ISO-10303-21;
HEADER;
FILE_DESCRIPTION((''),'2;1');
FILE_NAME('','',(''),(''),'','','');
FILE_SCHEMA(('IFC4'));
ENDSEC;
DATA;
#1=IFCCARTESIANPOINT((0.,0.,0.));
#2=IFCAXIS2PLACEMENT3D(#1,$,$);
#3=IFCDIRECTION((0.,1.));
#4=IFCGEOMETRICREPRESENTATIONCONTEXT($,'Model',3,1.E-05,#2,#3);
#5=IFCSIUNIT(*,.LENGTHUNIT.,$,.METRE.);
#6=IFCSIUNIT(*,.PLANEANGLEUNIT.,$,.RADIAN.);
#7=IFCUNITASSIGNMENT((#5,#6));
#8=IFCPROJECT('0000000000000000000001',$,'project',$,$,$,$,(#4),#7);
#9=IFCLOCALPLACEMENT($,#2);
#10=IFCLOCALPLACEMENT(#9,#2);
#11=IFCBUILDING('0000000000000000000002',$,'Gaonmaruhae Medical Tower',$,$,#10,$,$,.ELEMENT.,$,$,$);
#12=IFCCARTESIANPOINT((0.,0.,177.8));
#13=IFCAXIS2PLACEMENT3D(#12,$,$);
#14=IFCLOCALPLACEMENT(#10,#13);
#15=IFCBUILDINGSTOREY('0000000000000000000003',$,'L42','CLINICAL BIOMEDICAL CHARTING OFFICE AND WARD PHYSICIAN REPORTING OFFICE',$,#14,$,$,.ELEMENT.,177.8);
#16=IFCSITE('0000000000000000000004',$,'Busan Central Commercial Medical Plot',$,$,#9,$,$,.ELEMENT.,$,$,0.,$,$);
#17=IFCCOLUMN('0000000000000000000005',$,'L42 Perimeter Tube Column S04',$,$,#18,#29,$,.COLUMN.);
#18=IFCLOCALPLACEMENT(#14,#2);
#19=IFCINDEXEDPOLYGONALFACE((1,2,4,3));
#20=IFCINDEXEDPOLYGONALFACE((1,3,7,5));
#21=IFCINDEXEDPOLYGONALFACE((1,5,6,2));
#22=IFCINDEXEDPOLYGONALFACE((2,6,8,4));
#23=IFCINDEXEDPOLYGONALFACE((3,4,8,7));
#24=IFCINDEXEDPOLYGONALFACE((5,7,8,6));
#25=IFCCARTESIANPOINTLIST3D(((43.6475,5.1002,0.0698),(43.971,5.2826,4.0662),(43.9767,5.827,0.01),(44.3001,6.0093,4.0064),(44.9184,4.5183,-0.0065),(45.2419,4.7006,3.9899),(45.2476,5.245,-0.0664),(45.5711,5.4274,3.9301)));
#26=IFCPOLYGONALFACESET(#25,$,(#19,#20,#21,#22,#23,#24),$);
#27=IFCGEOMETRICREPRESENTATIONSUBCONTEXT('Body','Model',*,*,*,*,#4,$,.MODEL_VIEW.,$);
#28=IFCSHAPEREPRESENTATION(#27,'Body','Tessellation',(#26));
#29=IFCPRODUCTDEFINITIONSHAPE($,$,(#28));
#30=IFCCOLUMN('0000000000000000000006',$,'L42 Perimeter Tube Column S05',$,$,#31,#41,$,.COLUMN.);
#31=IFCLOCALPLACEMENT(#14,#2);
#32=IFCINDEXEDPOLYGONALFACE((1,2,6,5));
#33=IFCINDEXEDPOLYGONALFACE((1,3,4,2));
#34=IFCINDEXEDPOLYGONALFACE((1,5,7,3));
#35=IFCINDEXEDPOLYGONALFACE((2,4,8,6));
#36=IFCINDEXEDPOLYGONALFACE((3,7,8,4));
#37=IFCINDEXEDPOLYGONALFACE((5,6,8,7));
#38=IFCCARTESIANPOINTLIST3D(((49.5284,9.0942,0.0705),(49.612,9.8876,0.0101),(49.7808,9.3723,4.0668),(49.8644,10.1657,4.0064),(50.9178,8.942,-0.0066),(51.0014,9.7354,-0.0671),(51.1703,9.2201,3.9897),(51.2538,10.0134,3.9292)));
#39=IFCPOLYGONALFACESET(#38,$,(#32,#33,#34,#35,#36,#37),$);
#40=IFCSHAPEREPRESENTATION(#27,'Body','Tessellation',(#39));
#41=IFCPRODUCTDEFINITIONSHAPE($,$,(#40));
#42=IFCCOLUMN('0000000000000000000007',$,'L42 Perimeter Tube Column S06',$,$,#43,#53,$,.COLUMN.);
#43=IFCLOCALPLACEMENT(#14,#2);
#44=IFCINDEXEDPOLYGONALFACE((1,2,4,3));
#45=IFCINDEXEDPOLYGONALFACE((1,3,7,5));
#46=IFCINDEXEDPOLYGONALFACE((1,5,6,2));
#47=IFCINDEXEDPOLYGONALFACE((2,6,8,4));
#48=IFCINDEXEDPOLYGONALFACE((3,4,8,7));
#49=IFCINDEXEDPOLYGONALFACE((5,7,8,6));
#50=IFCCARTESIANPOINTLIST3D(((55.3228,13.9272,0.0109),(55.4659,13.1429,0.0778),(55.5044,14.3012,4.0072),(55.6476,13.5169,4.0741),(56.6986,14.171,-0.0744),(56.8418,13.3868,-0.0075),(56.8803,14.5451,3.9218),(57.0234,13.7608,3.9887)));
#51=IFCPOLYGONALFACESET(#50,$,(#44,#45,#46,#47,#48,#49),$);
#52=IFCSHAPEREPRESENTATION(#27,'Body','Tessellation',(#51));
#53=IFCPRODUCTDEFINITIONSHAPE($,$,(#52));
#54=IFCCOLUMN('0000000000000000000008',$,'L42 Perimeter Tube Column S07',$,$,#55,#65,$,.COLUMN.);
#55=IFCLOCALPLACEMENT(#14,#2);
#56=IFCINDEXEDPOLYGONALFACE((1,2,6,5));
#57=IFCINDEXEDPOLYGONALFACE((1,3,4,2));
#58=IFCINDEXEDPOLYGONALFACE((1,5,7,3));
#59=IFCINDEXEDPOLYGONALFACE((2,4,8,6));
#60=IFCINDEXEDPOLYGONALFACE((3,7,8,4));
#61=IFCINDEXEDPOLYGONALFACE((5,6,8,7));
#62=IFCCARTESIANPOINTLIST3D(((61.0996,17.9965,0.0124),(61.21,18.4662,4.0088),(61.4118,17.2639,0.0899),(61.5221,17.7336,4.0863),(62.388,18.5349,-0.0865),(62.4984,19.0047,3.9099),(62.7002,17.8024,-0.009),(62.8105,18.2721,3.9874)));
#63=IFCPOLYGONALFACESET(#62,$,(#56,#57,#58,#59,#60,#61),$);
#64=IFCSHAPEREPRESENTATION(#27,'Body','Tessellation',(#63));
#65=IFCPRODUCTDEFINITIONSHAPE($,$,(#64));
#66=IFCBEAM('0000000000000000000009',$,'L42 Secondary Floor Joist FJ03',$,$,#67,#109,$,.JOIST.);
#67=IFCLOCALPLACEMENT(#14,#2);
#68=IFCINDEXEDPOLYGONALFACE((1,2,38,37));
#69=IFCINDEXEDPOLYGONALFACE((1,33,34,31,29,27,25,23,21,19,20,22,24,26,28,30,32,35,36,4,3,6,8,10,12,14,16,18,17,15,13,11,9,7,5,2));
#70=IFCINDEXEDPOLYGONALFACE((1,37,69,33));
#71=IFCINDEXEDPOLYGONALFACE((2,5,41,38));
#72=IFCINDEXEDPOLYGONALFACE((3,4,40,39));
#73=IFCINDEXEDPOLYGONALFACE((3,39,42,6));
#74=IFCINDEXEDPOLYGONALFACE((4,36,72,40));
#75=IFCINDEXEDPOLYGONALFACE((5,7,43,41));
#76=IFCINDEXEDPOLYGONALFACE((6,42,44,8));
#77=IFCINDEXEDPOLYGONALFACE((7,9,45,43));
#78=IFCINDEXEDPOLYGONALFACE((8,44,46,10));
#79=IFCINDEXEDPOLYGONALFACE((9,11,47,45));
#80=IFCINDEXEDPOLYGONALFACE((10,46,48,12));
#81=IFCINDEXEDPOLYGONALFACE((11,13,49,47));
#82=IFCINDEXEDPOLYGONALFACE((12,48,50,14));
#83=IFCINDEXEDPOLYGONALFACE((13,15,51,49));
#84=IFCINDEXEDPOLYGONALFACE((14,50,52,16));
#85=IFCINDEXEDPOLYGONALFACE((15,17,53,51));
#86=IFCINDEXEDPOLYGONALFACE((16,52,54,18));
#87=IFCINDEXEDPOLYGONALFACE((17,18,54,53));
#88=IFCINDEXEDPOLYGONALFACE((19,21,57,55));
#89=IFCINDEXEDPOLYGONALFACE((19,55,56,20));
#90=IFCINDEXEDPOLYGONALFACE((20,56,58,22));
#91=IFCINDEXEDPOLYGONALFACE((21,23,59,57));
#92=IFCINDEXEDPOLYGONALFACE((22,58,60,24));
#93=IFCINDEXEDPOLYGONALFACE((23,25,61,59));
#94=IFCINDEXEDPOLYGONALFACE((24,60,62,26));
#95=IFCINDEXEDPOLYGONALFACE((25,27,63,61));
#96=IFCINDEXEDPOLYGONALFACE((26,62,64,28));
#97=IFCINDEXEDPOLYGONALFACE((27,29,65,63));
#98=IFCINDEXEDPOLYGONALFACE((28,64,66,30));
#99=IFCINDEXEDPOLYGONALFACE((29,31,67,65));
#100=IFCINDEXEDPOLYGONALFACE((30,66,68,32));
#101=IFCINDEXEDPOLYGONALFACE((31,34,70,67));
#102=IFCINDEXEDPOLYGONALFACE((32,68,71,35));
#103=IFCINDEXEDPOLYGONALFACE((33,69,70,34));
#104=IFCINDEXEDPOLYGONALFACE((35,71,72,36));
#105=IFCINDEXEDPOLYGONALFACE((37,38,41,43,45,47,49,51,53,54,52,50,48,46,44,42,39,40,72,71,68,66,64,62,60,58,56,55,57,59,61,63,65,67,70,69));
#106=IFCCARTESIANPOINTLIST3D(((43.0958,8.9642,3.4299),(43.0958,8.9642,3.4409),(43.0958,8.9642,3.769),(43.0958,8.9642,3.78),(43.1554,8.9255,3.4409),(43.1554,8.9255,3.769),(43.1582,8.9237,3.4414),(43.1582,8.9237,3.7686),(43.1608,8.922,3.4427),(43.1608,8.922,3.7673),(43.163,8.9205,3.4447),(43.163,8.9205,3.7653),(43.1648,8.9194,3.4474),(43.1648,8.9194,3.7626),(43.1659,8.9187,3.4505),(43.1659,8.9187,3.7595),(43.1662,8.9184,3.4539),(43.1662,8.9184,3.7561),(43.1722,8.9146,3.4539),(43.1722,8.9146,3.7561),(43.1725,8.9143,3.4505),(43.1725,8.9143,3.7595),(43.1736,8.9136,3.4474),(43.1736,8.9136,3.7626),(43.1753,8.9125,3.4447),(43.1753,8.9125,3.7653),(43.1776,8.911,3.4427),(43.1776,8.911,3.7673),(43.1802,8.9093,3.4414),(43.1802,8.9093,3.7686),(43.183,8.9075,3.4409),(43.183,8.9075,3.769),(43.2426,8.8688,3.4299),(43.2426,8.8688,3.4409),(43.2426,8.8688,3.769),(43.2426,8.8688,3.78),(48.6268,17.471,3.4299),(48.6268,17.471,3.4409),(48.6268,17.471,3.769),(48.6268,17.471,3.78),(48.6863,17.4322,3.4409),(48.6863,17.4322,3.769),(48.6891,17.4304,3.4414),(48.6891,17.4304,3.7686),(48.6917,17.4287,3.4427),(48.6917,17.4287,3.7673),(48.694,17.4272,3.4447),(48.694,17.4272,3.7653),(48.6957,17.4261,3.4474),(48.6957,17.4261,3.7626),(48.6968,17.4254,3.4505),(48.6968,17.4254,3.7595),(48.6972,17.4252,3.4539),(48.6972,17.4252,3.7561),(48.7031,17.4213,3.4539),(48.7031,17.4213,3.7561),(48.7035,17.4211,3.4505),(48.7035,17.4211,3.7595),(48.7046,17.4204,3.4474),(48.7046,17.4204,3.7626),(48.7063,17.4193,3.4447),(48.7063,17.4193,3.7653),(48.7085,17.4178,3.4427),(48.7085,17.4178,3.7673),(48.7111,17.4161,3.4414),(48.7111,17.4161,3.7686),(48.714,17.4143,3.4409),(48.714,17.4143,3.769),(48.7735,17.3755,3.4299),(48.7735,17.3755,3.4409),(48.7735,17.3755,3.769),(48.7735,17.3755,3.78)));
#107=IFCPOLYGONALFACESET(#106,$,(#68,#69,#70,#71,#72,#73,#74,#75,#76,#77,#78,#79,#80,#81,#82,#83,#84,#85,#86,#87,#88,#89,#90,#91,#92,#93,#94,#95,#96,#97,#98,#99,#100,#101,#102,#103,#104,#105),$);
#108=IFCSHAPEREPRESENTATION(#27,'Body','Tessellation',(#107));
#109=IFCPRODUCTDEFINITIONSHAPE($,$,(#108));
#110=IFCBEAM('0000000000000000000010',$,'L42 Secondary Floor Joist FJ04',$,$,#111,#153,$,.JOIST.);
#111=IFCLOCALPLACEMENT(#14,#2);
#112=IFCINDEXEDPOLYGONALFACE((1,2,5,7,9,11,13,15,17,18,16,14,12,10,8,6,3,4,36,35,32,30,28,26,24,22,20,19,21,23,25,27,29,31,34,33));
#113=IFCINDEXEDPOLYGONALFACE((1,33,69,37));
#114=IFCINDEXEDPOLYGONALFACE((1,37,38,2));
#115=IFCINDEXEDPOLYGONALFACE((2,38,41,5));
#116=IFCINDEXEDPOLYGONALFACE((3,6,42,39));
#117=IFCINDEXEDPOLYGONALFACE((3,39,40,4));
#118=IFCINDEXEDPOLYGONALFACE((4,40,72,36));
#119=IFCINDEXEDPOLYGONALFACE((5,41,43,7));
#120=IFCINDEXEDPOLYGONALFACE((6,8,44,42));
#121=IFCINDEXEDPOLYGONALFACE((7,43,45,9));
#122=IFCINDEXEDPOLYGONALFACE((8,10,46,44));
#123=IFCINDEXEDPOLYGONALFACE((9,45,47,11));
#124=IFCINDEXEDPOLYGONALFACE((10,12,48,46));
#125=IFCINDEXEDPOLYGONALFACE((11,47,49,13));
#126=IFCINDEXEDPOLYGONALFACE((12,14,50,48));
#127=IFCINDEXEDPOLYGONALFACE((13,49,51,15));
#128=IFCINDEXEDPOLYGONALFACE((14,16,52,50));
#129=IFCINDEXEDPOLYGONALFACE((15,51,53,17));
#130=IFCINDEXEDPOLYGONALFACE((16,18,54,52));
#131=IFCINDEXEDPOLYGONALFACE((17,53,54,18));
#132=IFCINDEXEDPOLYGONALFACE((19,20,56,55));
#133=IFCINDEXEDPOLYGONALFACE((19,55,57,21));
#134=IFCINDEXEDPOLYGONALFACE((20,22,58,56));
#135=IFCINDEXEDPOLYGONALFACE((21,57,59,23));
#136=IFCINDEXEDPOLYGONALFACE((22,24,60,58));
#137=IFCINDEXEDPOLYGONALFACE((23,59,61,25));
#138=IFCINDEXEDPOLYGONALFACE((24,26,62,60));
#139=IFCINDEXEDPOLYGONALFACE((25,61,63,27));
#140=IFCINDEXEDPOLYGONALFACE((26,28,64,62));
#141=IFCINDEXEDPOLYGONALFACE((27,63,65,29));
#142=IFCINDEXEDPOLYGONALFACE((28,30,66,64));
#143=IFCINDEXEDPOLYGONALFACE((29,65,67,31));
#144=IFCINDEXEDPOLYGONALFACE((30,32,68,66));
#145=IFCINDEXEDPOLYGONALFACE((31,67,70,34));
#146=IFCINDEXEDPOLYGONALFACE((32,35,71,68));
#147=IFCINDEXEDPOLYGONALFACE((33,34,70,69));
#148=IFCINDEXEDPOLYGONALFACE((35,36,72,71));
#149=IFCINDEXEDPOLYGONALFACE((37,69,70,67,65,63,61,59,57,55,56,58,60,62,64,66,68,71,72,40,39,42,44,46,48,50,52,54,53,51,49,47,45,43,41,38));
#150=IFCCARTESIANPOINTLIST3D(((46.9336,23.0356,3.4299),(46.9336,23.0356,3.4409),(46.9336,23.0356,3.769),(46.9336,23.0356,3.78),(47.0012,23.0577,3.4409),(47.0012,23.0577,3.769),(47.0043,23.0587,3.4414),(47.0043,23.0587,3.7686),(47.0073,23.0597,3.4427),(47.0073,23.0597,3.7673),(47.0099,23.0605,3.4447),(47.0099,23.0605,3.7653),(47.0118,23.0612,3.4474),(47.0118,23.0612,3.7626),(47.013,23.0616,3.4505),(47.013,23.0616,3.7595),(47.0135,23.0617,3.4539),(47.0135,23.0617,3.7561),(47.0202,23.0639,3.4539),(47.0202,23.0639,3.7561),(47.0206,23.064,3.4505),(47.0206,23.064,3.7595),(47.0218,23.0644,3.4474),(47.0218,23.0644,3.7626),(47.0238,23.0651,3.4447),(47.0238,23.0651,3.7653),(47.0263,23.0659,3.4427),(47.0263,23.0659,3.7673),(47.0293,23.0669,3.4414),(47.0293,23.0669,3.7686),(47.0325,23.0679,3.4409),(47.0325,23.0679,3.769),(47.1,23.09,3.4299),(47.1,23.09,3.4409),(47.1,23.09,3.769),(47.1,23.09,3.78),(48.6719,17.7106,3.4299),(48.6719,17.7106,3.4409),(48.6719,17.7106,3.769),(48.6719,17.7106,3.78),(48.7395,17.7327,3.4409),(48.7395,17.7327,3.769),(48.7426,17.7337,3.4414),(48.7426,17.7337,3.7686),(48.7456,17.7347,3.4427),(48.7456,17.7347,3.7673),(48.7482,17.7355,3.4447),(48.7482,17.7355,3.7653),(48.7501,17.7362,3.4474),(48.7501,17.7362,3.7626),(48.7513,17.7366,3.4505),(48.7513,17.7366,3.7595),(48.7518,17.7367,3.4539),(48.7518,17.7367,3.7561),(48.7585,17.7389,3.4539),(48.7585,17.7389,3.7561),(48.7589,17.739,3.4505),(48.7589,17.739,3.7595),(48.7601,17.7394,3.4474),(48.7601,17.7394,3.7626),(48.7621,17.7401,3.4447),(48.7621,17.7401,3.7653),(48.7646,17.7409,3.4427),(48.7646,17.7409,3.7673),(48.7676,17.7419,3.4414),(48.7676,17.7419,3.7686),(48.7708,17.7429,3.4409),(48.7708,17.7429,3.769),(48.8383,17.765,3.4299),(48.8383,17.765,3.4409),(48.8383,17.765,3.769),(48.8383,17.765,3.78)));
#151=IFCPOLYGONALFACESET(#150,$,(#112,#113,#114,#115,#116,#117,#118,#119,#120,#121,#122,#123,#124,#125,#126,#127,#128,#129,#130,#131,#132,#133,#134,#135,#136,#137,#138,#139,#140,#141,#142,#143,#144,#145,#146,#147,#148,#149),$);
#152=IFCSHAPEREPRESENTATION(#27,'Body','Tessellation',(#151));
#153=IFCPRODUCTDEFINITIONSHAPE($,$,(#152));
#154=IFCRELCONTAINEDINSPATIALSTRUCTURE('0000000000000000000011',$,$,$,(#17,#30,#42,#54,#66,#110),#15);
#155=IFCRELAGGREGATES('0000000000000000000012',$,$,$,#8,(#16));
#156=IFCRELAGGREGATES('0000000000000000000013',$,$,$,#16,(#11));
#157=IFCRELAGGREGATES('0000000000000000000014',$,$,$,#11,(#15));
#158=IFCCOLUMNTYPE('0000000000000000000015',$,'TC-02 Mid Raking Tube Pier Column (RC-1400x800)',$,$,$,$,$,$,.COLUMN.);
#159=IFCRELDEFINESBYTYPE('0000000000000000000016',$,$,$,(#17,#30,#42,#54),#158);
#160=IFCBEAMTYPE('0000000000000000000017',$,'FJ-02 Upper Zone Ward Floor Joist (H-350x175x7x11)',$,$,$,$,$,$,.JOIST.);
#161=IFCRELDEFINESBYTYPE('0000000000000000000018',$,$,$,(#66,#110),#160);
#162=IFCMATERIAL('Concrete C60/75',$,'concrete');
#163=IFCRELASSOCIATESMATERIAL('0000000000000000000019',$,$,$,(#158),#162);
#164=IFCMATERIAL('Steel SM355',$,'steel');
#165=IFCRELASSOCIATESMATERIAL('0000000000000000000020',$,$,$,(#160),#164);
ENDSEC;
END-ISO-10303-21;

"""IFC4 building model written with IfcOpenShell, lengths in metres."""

from ifc_helpers import new_model, si_unit, direction, frame, origin, origin_2d, place, context, subcontext, project, spatial, rectangle, i_section, extrude, material, material_profile, profile_set, type_object, element, save


model = new_model("IFC4")

# Units and contexts
model_context = context("Model", 3, precision=1e-05, world=origin(), true_north=direction((0.0, 1.0)))
body_context = subcontext(model_context, "Body", "Model", "MODEL_VIEW")
ifc_project = project(units=[si_unit("LENGTHUNIT", "METRE"), si_unit("PLANEANGLEUNIT", "RADIAN")], contexts=[model_context])

# Site, building, storey
site_placement = place(None, origin())
site = spatial("IfcSite", under=ifc_project, at=site_placement, Name="Busan Central Commercial Medical Plot", CompositionType="ELEMENT", RefElevation=0.0)
building_placement = place(site_placement, origin())
building = spatial("IfcBuilding", under=site, at=building_placement, Name="Gaonmaruhae Medical Tower", CompositionType="ELEMENT")
storey_placement = place(building_placement, frame((0.0, 0.0, 177.8)))
storey = spatial("IfcBuildingStorey", under=building, at=storey_placement, Name="L42", Description="CLINICAL BIOMEDICAL CHARTING OFFICE AND WARD PHYSICIAN REPORTING OFFICE", CompositionType="ELEMENT", Elevation=177.8)

# Columns
ifc_material_1 = material(Name="Concrete C60/75", Category="concrete")
ifc_material_profile_1 = material_profile(ifc_material_1, rectangle(XDim=1.3999, YDim=0.8, at=origin_2d()), Name="RC-1400x800")
ifc_profile_set_1 = profile_set([ifc_material_profile_1], Name="Concrete C60/75")
column_type = type_object("IfcColumnType", Name="TC-02 Mid Raking Tube Pier Column (RC-1400x800)", PredefinedType="COLUMN", material=ifc_profile_set_1)
column_1_placement = place(storey_placement, frame((44.4475, 5.1726, 0.0017), z_axis=(0.080598, 0.045439, 0.99571), x_axis=(-0.907855, 0.415726, 0.054515)))
element("IfcColumn", 1, at=column_1_placement, inside=storey, type_object=column_type, Name="L42 Perimeter Tube Column S04", PredefinedType="COLUMN", context=body_context, shape_type="SweptSolid", body=[
    extrude(rectangle(XDim=1.3999, YDim=0.8, at=origin_2d()), origin(), (0.0, 0.0, 1.0), 4.0137),
])
column_2_placement = place(storey_placement, frame((50.2649, 9.4148, 0.0017), z_axis=(0.062891, 0.069277, 0.995613), x_axis=(-0.992538, 0.108761, 0.055129)))
element("IfcColumn", 2, at=column_2_placement, inside=storey, type_object=column_type, Name="L42 Perimeter Tube Column S05", PredefinedType="COLUMN", context=body_context, shape_type="SweptSolid", body=[
    extrude(rectangle(XDim=1.3999, YDim=0.8, at=origin_2d()), origin(), (0.0, 0.0, 1.0), 4.0139),
])
column_3_placement = place(storey_placement, frame((56.0823, 13.657, 0.0017), z_axis=(0.045208, 0.093089, 0.994631), x_axis=(-0.982823, -0.174187, 0.060973)))
element("IfcColumn", 3, at=column_3_placement, inside=storey, type_object=column_type, Name="L42 Perimeter Tube Column S06", PredefinedType="COLUMN", context=body_context, shape_type="SweptSolid", body=[
    extrude(rectangle(XDim=1.3999, YDim=0.8, at=origin_2d()), origin(), (0.0, 0.0, 1.0), 4.0178),
])
column_4_placement = place(storey_placement, frame((61.8999, 17.8994, 0.0017), z_axis=(0.027414, 0.116692, 0.99279), x_axis=(-0.920354, -0.384657, 0.070626)))
element("IfcColumn", 4, at=column_4_placement, inside=storey, type_object=column_type, Name="L42 Perimeter Tube Column S07", PredefinedType="COLUMN", context=body_context, shape_type="SweptSolid", body=[
    extrude(rectangle(XDim=1.3999, YDim=0.8, at=origin_2d()), origin(), (0.0, 0.0, 1.0), 4.0254),
])

# Beams
ifc_material_2 = material(Name="Steel SM355", Category="steel")
ifc_material_profile_2 = material_profile(ifc_material_2, i_section(OverallWidth=0.175, OverallDepth=0.3501, WebThickness=0.0071, FlangeThickness=0.011, FilletRadius=0.0129, at=origin_2d()), Name="H-350x175x7x11")
ifc_profile_set_2 = profile_set([ifc_material_profile_2], Name="Steel SM355")
beam_type_1 = type_object("IfcBeamType", Name="FJ-02 Upper Zone Ward Floor Joist (H-350x175x7x11)", PredefinedType="JOIST", material=ifc_profile_set_2)
beam_1_placement = place(storey_placement, frame((43.1692, 8.9165, 3.605), z_axis=(0.545097, 0.838373, 0.0), x_axis=(-0.838373, 0.545097, 0.0)))
element("IfcBeam", 5, at=beam_1_placement, inside=storey, type_object=beam_type_1, Name="L42 Secondary Floor Joist FJ03", PredefinedType="JOIST", context=body_context, shape_type="SweptSolid", body=[
    extrude(i_section(OverallWidth=0.175, OverallDepth=0.3501, WebThickness=0.0071, FlangeThickness=0.011, FilletRadius=0.0129, at=origin_2d()), origin(), (0.0, 0.0, 1.0), 10.1467),
])
beam_2_placement = place(storey_placement, frame((48.7551, 17.7378, 3.605), z_axis=(-0.310325, 0.950631, 0.0), x_axis=(-0.950631, -0.310325, 0.0)))
element("IfcBeam", 6, at=beam_2_placement, inside=storey, type_object=beam_type_1, Name="L42 Secondary Floor Joist FJ04", PredefinedType="JOIST", context=body_context, shape_type="SweptSolid", body=[
    extrude(i_section(OverallWidth=0.175, OverallDepth=0.3501, WebThickness=0.0071, FlangeThickness=0.011, FilletRadius=0.0129, at=origin_2d()), origin(), (0.0, 0.0, 1.0), 5.6016),
])

save(model, "model.ifc")
